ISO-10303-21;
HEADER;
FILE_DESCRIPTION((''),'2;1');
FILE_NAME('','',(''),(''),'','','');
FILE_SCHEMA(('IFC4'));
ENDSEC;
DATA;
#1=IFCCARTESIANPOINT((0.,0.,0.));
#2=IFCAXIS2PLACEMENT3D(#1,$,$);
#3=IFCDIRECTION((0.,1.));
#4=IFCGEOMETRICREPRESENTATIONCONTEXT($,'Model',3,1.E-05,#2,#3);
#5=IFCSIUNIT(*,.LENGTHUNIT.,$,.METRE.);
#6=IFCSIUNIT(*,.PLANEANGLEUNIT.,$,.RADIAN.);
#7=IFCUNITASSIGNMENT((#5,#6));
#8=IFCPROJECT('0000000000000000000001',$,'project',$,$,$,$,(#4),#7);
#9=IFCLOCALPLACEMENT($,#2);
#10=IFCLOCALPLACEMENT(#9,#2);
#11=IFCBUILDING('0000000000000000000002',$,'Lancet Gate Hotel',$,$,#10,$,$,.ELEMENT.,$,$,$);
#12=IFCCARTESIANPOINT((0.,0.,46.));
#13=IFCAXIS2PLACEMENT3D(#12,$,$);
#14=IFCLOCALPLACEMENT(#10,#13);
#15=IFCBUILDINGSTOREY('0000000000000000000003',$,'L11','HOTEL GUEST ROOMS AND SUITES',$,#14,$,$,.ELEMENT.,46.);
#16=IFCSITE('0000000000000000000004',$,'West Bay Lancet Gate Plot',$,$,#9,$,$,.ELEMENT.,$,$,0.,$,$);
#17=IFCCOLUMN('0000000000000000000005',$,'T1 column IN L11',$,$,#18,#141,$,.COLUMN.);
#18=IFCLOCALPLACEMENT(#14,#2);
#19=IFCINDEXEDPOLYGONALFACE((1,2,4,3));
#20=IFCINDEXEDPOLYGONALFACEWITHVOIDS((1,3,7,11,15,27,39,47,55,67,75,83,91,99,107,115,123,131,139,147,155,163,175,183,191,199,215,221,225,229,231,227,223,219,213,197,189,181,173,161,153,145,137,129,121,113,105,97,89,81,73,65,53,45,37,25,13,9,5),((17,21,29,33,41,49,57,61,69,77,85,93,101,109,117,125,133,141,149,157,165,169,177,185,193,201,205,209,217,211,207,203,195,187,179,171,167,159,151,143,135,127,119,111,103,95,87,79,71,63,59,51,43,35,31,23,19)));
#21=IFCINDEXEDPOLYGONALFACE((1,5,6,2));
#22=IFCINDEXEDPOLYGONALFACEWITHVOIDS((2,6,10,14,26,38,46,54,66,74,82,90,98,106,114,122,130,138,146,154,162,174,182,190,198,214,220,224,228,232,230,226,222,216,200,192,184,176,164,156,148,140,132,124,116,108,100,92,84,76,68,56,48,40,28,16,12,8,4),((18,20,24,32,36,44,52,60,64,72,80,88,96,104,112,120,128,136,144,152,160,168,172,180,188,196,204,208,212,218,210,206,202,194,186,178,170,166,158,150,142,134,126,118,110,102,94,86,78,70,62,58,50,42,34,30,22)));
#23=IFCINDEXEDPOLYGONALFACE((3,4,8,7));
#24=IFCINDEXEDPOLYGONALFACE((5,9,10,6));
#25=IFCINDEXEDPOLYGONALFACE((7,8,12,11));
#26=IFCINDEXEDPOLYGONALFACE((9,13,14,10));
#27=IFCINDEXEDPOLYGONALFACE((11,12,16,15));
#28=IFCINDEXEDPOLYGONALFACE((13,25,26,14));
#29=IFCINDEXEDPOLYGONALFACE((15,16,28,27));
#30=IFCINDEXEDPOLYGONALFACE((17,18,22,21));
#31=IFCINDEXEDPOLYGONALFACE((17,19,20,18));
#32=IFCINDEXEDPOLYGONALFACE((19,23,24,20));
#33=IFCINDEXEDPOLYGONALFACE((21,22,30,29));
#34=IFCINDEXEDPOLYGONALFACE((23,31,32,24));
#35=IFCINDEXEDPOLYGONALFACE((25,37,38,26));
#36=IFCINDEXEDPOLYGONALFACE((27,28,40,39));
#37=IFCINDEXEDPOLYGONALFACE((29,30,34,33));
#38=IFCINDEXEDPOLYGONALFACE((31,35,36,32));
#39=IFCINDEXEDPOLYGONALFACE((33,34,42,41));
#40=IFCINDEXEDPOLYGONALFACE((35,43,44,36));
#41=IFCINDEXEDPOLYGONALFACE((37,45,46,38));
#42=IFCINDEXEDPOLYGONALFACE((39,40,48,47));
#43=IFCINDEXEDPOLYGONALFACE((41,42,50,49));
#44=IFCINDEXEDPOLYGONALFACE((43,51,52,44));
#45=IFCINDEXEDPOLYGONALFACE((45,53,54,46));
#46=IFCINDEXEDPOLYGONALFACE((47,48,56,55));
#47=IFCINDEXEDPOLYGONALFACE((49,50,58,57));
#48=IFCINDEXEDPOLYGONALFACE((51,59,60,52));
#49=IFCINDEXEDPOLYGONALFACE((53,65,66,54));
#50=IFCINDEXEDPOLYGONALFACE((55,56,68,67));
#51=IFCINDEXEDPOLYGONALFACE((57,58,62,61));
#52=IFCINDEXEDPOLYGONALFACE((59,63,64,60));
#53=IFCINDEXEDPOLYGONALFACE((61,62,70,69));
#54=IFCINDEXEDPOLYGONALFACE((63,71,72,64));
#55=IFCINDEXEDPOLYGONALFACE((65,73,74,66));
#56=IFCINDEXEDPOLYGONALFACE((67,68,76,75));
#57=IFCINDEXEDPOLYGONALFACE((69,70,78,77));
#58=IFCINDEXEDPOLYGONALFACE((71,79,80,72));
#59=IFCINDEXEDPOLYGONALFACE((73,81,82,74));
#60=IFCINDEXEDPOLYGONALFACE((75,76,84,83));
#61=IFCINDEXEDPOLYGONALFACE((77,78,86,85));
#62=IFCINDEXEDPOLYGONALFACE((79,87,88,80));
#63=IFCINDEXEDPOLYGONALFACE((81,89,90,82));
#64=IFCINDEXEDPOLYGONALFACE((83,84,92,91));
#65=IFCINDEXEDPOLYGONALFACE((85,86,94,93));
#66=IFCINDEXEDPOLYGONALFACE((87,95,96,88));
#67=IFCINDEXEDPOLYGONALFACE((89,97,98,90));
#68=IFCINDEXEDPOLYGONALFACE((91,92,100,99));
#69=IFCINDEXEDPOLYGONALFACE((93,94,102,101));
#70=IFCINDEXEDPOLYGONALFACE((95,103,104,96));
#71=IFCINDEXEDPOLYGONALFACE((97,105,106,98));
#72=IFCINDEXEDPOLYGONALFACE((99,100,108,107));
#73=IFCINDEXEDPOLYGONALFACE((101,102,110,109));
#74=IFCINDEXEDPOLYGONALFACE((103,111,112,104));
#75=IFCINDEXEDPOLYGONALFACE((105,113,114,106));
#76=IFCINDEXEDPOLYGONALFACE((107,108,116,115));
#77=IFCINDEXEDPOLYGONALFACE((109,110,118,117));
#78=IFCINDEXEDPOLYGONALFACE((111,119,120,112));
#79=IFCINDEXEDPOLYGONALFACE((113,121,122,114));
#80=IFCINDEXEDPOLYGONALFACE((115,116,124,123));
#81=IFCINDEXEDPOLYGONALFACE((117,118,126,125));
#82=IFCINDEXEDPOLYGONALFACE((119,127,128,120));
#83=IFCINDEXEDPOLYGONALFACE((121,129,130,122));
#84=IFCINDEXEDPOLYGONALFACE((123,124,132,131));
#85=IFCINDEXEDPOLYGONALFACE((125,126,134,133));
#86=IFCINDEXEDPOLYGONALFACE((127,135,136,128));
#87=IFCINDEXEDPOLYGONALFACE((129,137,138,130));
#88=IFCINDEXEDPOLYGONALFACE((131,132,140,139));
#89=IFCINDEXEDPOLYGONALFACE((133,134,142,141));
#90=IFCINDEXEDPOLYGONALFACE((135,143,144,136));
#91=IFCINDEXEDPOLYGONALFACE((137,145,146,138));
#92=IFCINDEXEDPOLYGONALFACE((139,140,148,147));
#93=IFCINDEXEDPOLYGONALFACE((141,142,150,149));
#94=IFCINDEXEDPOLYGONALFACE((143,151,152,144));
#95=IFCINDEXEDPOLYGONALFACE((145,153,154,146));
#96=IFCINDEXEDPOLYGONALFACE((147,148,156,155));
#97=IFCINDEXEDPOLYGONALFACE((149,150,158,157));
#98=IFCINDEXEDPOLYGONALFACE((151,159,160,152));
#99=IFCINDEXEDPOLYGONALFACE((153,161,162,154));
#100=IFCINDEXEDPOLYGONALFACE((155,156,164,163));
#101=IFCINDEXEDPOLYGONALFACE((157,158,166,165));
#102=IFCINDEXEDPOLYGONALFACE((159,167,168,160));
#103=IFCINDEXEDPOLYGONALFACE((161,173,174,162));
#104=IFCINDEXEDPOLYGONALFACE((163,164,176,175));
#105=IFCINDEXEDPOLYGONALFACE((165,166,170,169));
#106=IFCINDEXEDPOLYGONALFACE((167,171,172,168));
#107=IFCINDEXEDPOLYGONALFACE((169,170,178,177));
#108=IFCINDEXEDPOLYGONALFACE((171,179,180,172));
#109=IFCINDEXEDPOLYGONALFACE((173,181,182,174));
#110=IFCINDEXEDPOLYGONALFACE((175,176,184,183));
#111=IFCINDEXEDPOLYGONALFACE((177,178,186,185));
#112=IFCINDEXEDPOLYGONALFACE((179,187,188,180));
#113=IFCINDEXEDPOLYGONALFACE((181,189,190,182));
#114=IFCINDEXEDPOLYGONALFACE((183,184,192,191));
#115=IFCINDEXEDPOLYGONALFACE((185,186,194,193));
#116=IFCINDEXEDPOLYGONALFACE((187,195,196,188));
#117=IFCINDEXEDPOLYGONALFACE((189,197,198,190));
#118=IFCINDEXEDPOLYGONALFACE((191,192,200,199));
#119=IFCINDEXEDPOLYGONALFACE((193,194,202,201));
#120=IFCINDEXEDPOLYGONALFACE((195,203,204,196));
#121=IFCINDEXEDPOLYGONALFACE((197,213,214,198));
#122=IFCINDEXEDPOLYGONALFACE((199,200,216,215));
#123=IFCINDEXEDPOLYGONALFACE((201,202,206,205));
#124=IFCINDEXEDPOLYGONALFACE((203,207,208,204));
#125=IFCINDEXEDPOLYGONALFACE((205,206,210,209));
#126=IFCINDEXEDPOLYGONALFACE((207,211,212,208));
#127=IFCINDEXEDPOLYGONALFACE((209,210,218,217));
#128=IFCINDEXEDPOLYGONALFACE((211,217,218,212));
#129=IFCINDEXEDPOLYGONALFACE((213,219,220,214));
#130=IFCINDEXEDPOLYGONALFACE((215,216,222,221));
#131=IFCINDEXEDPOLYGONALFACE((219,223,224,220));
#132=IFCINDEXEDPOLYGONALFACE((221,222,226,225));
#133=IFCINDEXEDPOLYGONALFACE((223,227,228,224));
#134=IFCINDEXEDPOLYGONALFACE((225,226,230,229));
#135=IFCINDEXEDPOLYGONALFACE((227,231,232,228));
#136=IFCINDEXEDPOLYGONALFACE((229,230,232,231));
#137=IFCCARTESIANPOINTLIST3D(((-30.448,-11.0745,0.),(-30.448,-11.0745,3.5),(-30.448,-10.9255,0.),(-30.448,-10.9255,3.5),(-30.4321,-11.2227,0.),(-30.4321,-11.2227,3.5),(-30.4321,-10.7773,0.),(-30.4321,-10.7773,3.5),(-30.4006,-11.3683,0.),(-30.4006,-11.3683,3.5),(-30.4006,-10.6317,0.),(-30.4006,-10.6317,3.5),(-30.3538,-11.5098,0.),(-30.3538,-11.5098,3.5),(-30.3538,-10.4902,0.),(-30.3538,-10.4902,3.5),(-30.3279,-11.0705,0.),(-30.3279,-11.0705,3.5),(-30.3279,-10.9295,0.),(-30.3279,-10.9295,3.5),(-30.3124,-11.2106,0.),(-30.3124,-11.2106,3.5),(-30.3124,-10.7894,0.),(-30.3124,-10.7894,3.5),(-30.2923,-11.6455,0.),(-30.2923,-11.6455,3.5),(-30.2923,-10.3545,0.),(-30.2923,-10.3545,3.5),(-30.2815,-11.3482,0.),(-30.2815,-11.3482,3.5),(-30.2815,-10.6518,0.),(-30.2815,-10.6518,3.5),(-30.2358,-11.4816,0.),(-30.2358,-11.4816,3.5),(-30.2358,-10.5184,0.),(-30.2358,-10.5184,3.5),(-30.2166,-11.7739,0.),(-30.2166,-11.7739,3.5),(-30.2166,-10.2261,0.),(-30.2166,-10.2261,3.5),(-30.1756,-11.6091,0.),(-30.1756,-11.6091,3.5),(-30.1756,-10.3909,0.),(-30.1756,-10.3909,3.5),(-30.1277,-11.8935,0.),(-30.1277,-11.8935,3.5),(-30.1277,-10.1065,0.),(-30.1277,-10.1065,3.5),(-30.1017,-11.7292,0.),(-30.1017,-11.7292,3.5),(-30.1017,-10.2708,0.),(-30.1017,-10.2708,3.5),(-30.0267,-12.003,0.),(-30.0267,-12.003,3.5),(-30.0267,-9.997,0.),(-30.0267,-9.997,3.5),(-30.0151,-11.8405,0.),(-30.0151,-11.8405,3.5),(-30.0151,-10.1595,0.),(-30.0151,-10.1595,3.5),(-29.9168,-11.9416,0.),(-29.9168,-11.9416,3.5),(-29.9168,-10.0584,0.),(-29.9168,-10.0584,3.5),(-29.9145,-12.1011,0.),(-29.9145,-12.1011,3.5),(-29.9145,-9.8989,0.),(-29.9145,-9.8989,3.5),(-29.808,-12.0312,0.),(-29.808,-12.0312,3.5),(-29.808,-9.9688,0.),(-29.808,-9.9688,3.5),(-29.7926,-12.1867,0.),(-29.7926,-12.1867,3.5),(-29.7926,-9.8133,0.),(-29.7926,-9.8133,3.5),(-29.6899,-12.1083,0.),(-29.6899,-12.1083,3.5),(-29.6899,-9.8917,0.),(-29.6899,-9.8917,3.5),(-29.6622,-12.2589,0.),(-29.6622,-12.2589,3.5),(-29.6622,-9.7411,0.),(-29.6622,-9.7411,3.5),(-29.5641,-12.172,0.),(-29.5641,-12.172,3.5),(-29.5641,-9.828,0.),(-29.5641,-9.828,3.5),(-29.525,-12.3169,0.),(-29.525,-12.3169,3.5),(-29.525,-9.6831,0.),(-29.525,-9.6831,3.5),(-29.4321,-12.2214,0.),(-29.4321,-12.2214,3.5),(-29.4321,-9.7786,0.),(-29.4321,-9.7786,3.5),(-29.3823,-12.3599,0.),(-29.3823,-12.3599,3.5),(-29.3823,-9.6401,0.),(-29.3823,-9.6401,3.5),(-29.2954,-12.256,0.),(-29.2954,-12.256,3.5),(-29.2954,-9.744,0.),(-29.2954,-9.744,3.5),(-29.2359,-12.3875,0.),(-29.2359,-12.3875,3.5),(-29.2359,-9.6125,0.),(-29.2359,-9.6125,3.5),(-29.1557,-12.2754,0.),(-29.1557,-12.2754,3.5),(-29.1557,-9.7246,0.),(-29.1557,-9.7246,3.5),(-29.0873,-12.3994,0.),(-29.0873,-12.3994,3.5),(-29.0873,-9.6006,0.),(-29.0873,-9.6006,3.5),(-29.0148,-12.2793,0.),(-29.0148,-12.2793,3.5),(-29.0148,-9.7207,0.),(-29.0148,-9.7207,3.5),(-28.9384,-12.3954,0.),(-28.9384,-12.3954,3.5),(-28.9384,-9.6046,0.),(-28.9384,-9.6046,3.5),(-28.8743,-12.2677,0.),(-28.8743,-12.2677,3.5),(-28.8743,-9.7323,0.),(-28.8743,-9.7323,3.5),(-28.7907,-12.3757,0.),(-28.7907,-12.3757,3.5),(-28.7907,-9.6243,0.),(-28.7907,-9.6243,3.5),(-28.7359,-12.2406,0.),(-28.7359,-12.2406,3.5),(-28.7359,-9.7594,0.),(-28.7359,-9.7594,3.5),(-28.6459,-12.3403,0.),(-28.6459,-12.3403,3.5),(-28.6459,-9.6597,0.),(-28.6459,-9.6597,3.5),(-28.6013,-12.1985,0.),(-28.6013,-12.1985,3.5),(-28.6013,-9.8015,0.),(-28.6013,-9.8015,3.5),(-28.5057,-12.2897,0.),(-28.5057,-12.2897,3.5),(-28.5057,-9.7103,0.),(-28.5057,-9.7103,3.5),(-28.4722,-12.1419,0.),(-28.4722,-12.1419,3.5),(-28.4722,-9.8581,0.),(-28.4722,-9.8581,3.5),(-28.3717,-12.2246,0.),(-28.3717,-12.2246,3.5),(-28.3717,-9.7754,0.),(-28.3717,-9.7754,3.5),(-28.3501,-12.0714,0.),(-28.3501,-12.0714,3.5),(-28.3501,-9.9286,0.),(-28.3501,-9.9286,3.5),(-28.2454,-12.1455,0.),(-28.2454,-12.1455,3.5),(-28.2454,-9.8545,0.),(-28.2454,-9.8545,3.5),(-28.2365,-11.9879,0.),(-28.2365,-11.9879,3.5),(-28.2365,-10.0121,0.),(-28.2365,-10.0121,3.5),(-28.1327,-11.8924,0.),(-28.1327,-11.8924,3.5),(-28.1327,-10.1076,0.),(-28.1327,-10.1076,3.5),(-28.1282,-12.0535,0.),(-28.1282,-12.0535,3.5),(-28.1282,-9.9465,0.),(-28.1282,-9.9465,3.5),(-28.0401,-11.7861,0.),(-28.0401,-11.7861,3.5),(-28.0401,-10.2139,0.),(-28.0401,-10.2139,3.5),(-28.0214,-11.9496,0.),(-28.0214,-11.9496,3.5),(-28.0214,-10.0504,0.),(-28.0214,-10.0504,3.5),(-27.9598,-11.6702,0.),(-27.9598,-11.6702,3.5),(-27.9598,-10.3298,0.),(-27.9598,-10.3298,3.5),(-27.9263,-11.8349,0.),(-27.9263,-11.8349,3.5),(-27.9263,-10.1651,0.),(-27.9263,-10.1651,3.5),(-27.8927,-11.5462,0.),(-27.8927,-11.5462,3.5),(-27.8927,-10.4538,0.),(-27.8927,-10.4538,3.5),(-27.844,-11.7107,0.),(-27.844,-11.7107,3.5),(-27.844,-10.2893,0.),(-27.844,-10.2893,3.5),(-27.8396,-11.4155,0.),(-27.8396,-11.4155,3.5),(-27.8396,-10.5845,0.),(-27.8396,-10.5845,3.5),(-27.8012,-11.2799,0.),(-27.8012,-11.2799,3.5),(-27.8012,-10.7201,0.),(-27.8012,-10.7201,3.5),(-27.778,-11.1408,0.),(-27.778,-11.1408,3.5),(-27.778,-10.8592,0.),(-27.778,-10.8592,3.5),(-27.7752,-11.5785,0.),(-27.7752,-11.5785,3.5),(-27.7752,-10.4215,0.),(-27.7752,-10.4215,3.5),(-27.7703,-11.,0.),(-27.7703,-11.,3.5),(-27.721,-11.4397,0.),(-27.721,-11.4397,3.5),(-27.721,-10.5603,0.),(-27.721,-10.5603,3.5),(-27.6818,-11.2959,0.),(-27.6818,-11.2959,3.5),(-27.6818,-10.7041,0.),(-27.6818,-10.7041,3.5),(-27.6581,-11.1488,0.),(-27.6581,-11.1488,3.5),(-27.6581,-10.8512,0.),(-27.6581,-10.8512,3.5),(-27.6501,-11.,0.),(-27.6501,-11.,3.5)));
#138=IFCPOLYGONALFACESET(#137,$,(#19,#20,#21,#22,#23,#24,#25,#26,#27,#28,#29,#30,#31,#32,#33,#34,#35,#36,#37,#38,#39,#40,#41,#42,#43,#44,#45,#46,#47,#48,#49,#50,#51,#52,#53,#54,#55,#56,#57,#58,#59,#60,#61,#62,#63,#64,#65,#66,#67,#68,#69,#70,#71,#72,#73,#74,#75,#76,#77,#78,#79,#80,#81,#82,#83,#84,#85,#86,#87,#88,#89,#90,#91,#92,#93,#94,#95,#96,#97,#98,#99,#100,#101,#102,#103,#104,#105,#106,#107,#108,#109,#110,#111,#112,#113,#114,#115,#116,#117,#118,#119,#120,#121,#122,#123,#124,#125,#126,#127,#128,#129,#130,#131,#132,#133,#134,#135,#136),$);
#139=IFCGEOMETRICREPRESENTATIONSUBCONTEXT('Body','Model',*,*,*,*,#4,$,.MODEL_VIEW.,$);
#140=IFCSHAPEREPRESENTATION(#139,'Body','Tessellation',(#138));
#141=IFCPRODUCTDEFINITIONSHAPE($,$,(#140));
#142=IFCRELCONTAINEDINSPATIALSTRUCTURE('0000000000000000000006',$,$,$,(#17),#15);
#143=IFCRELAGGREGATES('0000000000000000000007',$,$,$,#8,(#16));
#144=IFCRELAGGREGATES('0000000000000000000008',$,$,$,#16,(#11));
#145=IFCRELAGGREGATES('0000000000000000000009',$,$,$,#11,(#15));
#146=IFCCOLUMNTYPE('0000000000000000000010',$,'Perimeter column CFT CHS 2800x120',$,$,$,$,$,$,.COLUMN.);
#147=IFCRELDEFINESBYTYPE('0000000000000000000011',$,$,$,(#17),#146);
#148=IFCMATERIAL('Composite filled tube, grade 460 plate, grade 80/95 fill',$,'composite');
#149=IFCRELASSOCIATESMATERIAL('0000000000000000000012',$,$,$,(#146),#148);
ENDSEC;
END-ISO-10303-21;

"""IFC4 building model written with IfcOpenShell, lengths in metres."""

from ifc_helpers import new_model, si_unit, direction, frame, origin, origin_2d, place, context, subcontext, project, spatial, hollow_circle, extrude, material, material_profile, profile_set, type_object, element, save


model = new_model("IFC4")

# Units and contexts
model_context = context("Model", 3, precision=1e-05, world=origin(), true_north=direction((0.0, 1.0)))
body_context = subcontext(model_context, "Body", "Model", "MODEL_VIEW")
ifc_project = project(units=[si_unit("LENGTHUNIT", "METRE"), si_unit("PLANEANGLEUNIT", "RADIAN")], contexts=[model_context])

# Site, building, storey
site_placement = place(None, origin())
site = spatial("IfcSite", under=ifc_project, at=site_placement, Name="West Bay Lancet Gate Plot", CompositionType="ELEMENT", RefElevation=0.0)
building_placement = place(site_placement, origin())
building = spatial("IfcBuilding", under=site, at=building_placement, Name="Lancet Gate Hotel", CompositionType="ELEMENT")
storey_placement = place(building_placement, frame((0.0, 0.0, 46.0)))
storey = spatial("IfcBuildingStorey", under=building, at=storey_placement, Name="L11", Description="HOTEL GUEST ROOMS AND SUITES", CompositionType="ELEMENT", Elevation=46.0)

# Column
ifc_material_1 = material(Name="Composite filled tube, grade 460 plate, grade 80/95 fill", Category="composite")
ifc_material_profile_1 = material_profile(ifc_material_1, hollow_circle(Radius=1.3999, WallThickness=0.1201, at=origin_2d()), Name="CHS 2800x120")
ifc_profile_set_1 = profile_set([ifc_material_profile_1], Name="Composite filled tube, grade 460 plate, grade 80/95 fill")
column_type = type_object("IfcColumnType", Name="Perimeter column CFT CHS 2800x120", PredefinedType="COLUMN", material=ifc_profile_set_1)
for number, where, z_axis, x_axis, name in (
    (1, (-29.05, -11.0, 0.0), (0.0, 0.0, 1.0), (1.0, 0.0, 0.0), "T1 column IN L11"),
):
    element("IfcColumn", number, at=place(storey_placement, frame(where, z_axis=z_axis, x_axis=x_axis)), inside=storey, type_object=column_type, Name=name, PredefinedType="COLUMN", context=body_context, shape_type="SweptSolid", body=[
        extrude(hollow_circle(Radius=1.3999, WallThickness=0.1201, at=origin_2d()), origin(), (0.0, 0.0, 1.0), 3.5),
    ])

save(model, "model.ifc")
